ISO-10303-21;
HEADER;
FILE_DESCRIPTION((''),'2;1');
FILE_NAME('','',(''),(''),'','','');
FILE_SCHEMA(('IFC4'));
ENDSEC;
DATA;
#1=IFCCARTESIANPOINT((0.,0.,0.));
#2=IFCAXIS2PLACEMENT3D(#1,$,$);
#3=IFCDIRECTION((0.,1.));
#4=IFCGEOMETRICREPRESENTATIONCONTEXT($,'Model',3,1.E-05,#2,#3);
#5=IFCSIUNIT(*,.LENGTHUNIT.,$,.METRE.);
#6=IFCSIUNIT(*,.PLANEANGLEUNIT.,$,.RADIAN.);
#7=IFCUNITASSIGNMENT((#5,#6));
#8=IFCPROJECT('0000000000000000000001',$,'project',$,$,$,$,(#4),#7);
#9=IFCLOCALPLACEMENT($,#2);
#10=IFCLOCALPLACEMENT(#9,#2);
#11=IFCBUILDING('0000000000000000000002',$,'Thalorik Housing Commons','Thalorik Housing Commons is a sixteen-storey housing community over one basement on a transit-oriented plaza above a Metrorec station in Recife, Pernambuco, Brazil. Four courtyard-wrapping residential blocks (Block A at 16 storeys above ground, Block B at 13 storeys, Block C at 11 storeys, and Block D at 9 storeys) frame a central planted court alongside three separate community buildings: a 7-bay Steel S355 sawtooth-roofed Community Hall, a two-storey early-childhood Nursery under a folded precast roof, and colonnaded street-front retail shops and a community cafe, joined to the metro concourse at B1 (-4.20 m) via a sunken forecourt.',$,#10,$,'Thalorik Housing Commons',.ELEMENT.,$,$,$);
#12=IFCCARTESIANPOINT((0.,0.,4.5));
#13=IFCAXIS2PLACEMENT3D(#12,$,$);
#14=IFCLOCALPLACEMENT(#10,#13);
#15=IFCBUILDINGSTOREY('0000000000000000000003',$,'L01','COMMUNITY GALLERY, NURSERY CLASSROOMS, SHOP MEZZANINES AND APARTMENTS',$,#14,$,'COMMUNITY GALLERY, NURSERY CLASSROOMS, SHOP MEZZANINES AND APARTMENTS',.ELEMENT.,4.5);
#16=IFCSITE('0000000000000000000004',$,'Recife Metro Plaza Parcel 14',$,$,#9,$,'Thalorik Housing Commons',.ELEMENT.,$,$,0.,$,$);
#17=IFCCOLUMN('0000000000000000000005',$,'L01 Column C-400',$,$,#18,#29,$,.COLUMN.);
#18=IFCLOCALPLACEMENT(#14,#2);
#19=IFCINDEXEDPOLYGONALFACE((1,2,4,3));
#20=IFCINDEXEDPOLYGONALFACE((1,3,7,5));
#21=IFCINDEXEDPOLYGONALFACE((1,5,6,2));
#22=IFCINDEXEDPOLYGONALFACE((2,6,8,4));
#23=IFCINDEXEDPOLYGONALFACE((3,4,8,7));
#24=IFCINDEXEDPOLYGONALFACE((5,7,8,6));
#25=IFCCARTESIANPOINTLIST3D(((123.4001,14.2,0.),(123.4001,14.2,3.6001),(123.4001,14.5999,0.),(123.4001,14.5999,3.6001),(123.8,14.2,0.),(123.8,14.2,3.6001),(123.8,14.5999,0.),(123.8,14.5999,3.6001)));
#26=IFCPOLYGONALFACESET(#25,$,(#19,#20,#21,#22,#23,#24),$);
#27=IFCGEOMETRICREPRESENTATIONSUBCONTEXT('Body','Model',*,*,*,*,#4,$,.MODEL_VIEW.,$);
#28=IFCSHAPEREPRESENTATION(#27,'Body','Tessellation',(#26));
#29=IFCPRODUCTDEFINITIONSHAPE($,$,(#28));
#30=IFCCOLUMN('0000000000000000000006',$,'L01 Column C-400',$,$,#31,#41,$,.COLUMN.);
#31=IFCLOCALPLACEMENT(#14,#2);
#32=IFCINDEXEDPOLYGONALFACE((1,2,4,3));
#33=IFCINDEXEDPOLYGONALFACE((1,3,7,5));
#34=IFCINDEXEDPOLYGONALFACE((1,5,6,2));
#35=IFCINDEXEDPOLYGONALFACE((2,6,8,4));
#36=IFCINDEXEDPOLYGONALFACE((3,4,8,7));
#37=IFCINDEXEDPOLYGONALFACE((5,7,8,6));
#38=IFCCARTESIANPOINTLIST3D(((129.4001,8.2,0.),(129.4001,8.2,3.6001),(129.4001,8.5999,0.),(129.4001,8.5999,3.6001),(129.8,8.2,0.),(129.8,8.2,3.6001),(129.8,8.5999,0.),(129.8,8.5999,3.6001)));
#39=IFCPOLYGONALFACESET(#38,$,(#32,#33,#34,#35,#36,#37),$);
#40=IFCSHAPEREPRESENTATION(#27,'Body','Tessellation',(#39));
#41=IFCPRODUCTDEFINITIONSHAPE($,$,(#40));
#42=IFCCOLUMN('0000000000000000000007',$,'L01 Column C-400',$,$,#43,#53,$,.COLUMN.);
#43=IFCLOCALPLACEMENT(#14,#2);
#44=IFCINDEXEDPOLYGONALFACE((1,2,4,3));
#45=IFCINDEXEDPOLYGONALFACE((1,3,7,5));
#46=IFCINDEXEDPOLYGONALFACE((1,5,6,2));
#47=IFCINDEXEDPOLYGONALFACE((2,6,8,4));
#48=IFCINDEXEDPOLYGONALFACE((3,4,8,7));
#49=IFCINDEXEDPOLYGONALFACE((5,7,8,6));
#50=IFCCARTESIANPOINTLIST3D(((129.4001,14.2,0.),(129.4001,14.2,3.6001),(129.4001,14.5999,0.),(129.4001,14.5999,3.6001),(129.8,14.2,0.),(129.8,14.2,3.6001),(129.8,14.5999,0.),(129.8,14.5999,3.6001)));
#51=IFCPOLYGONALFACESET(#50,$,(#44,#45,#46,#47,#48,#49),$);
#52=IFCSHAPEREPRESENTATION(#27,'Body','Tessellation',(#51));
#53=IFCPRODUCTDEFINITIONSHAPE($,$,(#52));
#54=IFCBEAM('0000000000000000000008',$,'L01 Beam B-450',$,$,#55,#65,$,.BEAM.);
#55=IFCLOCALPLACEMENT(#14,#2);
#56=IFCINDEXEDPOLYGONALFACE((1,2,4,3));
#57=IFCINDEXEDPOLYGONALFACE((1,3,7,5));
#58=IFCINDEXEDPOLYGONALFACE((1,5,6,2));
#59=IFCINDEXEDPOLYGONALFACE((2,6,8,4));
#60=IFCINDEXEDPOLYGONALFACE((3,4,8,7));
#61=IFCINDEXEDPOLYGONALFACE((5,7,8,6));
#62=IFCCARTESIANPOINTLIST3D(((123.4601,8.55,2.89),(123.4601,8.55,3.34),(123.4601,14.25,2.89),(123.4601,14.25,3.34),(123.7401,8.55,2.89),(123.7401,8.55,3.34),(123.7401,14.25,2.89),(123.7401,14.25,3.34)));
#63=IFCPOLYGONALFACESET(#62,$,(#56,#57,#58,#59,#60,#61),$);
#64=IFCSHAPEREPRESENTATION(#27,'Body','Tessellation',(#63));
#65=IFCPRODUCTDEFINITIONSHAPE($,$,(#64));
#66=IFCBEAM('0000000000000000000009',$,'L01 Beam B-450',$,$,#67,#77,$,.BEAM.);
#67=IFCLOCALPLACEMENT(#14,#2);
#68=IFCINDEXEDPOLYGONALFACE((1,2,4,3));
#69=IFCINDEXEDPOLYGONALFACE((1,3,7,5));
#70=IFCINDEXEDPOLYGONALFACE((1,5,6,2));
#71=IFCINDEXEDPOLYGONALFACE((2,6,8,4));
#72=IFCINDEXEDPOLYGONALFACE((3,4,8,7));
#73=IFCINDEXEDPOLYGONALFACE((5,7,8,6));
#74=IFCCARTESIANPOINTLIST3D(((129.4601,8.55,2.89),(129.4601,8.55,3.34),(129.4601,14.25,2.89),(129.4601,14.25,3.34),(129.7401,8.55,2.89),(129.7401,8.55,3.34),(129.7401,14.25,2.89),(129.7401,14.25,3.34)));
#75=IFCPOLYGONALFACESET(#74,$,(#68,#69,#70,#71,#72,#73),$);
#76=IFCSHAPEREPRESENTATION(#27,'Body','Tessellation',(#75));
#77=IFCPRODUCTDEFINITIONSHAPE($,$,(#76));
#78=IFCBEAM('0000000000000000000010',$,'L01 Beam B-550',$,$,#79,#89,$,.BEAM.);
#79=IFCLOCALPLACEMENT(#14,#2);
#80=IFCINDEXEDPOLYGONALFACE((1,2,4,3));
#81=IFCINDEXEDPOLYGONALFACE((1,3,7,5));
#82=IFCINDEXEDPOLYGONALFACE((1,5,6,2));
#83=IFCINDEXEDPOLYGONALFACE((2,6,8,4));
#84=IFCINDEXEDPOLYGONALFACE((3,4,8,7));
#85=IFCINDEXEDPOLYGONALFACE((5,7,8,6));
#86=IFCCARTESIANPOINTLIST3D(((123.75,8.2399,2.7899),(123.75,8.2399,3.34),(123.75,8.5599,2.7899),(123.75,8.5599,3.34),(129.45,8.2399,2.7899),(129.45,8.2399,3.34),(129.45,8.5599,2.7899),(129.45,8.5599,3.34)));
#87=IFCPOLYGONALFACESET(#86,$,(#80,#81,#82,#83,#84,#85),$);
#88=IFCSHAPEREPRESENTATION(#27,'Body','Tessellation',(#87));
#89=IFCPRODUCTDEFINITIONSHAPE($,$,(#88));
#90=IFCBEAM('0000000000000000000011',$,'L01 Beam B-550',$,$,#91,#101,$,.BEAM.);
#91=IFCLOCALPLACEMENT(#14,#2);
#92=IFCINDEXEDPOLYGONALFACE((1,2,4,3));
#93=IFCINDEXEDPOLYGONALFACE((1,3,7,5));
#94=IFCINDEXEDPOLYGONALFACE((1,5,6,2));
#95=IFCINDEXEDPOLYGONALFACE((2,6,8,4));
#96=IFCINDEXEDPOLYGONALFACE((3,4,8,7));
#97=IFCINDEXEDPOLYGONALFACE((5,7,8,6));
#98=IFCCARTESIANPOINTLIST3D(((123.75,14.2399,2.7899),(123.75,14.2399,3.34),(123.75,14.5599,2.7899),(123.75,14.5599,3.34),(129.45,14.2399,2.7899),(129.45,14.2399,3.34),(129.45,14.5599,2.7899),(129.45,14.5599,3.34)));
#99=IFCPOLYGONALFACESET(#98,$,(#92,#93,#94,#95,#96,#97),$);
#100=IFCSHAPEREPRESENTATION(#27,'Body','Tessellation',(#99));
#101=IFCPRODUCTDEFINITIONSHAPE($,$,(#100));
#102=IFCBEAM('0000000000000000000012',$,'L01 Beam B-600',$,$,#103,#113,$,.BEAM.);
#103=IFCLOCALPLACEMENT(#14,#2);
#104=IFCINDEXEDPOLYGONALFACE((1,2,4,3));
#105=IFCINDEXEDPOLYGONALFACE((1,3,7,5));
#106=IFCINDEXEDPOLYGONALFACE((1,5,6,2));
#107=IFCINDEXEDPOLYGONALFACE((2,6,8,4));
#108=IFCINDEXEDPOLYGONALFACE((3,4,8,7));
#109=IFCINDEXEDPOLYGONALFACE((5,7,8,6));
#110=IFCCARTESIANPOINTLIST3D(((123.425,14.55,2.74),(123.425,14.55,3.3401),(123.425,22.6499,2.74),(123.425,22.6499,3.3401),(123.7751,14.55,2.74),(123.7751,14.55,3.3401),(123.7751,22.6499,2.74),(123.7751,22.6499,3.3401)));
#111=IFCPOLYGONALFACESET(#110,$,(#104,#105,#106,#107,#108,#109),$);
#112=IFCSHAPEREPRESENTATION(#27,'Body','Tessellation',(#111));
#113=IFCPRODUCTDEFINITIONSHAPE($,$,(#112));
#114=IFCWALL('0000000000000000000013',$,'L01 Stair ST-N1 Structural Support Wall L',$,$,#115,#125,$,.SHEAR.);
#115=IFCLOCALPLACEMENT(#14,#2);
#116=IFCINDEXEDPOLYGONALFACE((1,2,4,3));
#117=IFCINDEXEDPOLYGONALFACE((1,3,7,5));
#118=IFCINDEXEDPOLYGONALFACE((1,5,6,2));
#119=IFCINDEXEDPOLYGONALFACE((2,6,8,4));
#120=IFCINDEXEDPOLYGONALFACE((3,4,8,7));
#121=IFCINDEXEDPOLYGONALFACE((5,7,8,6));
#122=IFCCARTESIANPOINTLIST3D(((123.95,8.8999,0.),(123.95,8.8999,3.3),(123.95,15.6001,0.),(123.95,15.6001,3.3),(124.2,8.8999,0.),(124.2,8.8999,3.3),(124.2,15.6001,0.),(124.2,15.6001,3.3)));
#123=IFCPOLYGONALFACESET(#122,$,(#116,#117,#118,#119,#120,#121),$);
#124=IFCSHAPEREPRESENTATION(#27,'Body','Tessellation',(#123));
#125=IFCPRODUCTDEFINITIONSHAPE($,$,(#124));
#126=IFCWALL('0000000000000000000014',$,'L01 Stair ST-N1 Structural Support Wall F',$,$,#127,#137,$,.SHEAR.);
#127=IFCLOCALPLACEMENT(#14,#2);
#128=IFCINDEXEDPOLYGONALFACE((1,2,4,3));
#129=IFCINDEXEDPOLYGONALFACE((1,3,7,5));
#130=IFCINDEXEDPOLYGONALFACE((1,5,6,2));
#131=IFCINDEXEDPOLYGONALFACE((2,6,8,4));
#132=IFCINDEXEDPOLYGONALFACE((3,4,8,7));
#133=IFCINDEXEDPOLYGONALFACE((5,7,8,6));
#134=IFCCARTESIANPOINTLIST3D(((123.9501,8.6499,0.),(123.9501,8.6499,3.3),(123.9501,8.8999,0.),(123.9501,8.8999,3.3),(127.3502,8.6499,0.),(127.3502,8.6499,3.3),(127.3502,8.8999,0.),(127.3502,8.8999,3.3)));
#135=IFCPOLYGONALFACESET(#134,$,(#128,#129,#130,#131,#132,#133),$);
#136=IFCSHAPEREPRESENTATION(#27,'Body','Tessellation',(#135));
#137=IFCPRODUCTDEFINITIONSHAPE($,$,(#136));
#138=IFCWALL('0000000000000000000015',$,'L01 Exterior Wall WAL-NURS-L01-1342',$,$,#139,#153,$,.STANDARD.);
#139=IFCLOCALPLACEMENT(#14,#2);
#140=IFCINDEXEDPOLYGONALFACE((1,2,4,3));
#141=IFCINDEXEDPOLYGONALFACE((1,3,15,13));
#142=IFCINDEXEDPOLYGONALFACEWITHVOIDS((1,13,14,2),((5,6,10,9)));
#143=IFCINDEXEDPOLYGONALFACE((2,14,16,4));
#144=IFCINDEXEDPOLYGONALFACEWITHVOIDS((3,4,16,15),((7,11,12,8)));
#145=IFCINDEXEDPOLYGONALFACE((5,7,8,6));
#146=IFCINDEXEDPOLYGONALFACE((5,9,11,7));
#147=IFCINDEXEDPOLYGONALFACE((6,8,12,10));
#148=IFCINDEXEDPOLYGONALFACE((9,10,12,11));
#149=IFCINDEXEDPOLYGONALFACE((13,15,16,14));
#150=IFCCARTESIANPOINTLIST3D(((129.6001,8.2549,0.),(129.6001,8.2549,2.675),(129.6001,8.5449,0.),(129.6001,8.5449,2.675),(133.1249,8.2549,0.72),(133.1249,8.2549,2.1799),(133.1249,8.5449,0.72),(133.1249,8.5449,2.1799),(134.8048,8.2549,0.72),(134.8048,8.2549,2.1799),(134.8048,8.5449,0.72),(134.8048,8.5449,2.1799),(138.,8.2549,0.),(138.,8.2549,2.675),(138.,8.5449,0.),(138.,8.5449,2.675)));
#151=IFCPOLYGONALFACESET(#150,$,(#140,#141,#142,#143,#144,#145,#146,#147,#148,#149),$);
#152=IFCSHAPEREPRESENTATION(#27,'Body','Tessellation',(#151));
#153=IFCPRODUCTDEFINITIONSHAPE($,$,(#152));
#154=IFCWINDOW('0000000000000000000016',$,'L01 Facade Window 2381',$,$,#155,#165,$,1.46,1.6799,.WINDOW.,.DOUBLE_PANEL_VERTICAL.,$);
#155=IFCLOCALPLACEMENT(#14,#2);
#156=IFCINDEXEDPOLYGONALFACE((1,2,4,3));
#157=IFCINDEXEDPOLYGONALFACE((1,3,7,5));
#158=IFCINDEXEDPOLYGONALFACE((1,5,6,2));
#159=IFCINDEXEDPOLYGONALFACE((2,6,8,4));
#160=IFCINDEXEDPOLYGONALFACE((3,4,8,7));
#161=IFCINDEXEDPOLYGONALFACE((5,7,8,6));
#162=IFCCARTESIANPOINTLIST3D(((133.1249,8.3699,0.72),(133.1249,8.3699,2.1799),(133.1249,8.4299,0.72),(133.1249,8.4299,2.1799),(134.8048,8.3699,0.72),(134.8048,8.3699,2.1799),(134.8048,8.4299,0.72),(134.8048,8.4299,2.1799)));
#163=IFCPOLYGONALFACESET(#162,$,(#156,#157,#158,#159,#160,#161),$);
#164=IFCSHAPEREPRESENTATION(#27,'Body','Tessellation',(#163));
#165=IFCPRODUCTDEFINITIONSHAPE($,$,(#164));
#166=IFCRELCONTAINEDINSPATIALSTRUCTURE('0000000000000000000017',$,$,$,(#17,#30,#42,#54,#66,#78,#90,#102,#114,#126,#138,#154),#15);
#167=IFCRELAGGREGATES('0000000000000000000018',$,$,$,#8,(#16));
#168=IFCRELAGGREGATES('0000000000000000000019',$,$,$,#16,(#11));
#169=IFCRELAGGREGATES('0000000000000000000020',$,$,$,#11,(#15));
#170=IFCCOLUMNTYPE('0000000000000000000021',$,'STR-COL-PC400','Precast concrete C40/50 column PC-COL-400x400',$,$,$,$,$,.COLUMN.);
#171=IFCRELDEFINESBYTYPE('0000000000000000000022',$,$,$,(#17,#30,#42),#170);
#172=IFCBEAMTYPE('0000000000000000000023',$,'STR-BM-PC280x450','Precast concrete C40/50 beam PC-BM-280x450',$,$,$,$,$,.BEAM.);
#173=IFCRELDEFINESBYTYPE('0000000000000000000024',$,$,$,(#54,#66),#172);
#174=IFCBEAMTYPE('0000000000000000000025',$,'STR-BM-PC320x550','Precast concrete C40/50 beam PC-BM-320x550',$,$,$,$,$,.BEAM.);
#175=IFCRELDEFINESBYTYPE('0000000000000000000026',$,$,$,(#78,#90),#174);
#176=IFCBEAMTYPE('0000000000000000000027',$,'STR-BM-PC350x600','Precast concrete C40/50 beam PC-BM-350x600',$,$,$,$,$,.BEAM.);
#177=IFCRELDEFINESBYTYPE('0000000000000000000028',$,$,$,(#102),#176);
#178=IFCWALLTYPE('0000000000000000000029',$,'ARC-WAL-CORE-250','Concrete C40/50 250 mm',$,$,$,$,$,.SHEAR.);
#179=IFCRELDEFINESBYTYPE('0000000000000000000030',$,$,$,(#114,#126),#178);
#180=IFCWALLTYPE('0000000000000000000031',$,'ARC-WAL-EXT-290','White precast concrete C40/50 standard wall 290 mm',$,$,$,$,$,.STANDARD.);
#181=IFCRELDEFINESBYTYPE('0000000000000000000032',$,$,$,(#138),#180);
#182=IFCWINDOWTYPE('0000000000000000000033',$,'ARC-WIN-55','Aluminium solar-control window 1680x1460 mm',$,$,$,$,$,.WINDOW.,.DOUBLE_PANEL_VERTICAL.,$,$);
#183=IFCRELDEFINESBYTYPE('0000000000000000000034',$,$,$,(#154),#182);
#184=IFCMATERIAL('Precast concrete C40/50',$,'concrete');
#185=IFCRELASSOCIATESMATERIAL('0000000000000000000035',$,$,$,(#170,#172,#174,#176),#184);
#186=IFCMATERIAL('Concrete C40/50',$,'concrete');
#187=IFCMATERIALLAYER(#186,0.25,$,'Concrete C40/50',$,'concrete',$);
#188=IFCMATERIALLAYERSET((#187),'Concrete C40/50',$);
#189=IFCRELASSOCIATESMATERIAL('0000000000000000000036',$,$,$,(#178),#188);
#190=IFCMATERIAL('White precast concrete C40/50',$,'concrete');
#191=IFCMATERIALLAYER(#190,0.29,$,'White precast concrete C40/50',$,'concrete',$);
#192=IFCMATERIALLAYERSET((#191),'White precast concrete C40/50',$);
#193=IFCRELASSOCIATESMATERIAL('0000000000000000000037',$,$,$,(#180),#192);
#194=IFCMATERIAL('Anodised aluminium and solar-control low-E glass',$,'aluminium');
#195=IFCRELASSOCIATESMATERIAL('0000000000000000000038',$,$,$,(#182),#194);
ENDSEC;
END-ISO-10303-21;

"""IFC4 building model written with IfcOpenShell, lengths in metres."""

from ifc_helpers import new_model, si_unit, direction, frame, frame_2d, origin, origin_2d, place, context, subcontext, project, spatial, rectangle, extrude, material, layer, layer_set, material_profile, profile_set, type_object, element, fill, save


model = new_model("IFC4")

# Units and contexts
model_context = context("Model", 3, precision=1e-05, world=origin(), true_north=direction((0.0, 1.0)))
body_context = subcontext(model_context, "Body", "Model", "MODEL_VIEW")
ifc_project = project(units=[si_unit("LENGTHUNIT", "METRE"), si_unit("PLANEANGLEUNIT", "RADIAN")], contexts=[model_context])

# Site, building, storey
site_placement = place(None, origin())
site = spatial("IfcSite", under=ifc_project, at=site_placement, Name="Recife Metro Plaza Parcel 14", LongName="Thalorik Housing Commons", CompositionType="ELEMENT", RefElevation=0.0)
building_placement = place(site_placement, origin())
building = spatial("IfcBuilding", under=site, at=building_placement, Name="Thalorik Housing Commons", Description="Thalorik Housing Commons is a sixteen-storey housing community over one basement on a transit-oriented plaza above a Metrorec station in Recife, Pernambuco, Brazil. Four courtyard-wrapping residential blocks (Block A at 16 storeys above ground, Block B at 13 storeys, Block C at 11 storeys, and Block D at 9 storeys) frame a central planted court alongside three separate community buildings: a 7-bay Steel S355 sawtooth-roofed Community Hall, a two-storey early-childhood Nursery under a folded precast roof, and colonnaded street-front retail shops and a community cafe, joined to the metro concourse at B1 (-4.20 m) via a sunken forecourt.", LongName="Thalorik Housing Commons", CompositionType="ELEMENT")
storey_placement = place(building_placement, frame((0.0, 0.0, 4.5)))
storey = spatial("IfcBuildingStorey", under=building, at=storey_placement, Name="L01", Description="COMMUNITY GALLERY, NURSERY CLASSROOMS, SHOP MEZZANINES AND APARTMENTS", LongName="COMMUNITY GALLERY, NURSERY CLASSROOMS, SHOP MEZZANINES AND APARTMENTS", CompositionType="ELEMENT", Elevation=4.5)

# Columns
ifc_material_1 = material(Name="Precast concrete C40/50", Category="concrete")
ifc_material_profile_1 = material_profile(ifc_material_1, rectangle(XDim=0.3999, YDim=0.3999, at=origin_2d()), Name="PC 400x400", Category="concrete")
ifc_profile_set_1 = profile_set([ifc_material_profile_1], Name="Precast concrete C40/50")
column_type = type_object("IfcColumnType", Name="STR-COL-PC400", Description="Precast concrete C40/50 column PC-COL-400x400", PredefinedType="COLUMN", material=ifc_profile_set_1)
for number, where, z_axis, x_axis, name in (
    (1, (123.6001, 14.3999, 0.0), (0.0, 0.0, 1.0), (1.0, 0.0, 0.0), "L01 Column C-400"),
    (2, (129.6001, 8.3999, 0.0), (0.0, 0.0, 1.0), (1.0, 0.0, 0.0), "L01 Column C-400"),
    (3, (129.6001, 14.3999, 0.0), (0.0, 0.0, 1.0), (1.0, 0.0, 0.0), "L01 Column C-400"),
):
    element("IfcColumn", number, at=place(storey_placement, frame(where, z_axis=z_axis, x_axis=x_axis)), inside=storey, type_object=column_type, Name=name, PredefinedType="COLUMN", context=body_context, shape_type="SweptSolid", body=[
        extrude(rectangle(XDim=0.3999, YDim=0.3999, at=origin_2d()), origin(), (0.0, 0.0, 1.0), 3.6001),
    ])

# Beams
ifc_material_profile_2 = material_profile(ifc_material_1, rectangle(XDim=0.28, YDim=0.45, at=origin_2d()), Name="PC 280x450", Category="concrete")
ifc_profile_set_2 = profile_set([ifc_material_profile_2], Name="Precast concrete C40/50")
beam_type_1 = type_object("IfcBeamType", Name="STR-BM-PC280x450", Description="Precast concrete C40/50 beam PC-BM-280x450", PredefinedType="BEAM", material=ifc_profile_set_2)
for number, where, z_axis, x_axis, name in (
    (4, (123.6001, 8.55, 3.115), (0.0, 1.0, 0.0), (-1.0, 0.0, 0.0), "L01 Beam B-450"),
    (5, (129.6001, 8.55, 3.115), (0.0, 1.0, 0.0), (-1.0, 0.0, 0.0), "L01 Beam B-450"),
):
    element("IfcBeam", number, at=place(storey_placement, frame(where, z_axis=z_axis, x_axis=x_axis)), inside=storey, type_object=beam_type_1, Name=name, PredefinedType="BEAM", context=body_context, shape_type="SweptSolid", body=[
        extrude(rectangle(XDim=0.28, YDim=0.45, at=origin_2d()), origin(), (0.0, 0.0, 1.0), 5.7),
    ])
ifc_material_profile_3 = material_profile(ifc_material_1, rectangle(XDim=0.3201, YDim=0.55, at=origin_2d()), Name="PC 320x550", Category="concrete")
ifc_profile_set_3 = profile_set([ifc_material_profile_3], Name="Precast concrete C40/50")
beam_type_2 = type_object("IfcBeamType", Name="STR-BM-PC320x550", Description="Precast concrete C40/50 beam PC-BM-320x550", PredefinedType="BEAM", material=ifc_profile_set_3)
for number, where, z_axis, x_axis, name in (
    (6, (123.75, 8.3999, 3.0649), (1.0, 0.0, 0.0), (0.0, 1.0, 0.0), "L01 Beam B-550"),
    (7, (123.75, 14.3999, 3.0649), (1.0, 0.0, 0.0), (0.0, 1.0, 0.0), "L01 Beam B-550"),
):
    element("IfcBeam", number, at=place(storey_placement, frame(where, z_axis=z_axis, x_axis=x_axis)), inside=storey, type_object=beam_type_2, Name=name, PredefinedType="BEAM", context=body_context, shape_type="SweptSolid", body=[
        extrude(rectangle(XDim=0.3201, YDim=0.55, at=origin_2d()), origin(), (0.0, 0.0, 1.0), 5.7),
    ])
ifc_material_profile_4 = material_profile(ifc_material_1, rectangle(XDim=0.3501, YDim=0.6001, at=origin_2d()), Name="PC 350x600", Category="concrete")
ifc_profile_set_4 = profile_set([ifc_material_profile_4], Name="Precast concrete C40/50")
beam_type_3 = type_object("IfcBeamType", Name="STR-BM-PC350x600", Description="Precast concrete C40/50 beam PC-BM-350x600", PredefinedType="BEAM", material=ifc_profile_set_4)
beam_placement = place(storey_placement, frame((123.6001, 14.55, 3.04), z_axis=(0.0, 1.0, 0.0), x_axis=(-1.0, 0.0, 0.0)))
element("IfcBeam", 8, at=beam_placement, inside=storey, type_object=beam_type_3, Name="L01 Beam B-600", PredefinedType="BEAM", context=body_context, shape_type="SweptSolid", body=[
    extrude(rectangle(XDim=0.3501, YDim=0.6001, at=origin_2d()), origin(), (0.0, 0.0, 1.0), 8.0999),
])

# Walls
ifc_material_2 = material(Name="Concrete C40/50", Category="concrete")
ifc_layer_1 = layer(ifc_material_2, 0.25, Name="Concrete C40/50", Category="concrete")
ifc_layer_set_1 = layer_set([ifc_layer_1], Name="Concrete C40/50")
wall_type_1 = type_object("IfcWallType", Name="ARC-WAL-CORE-250", Description="Concrete C40/50 250 mm", PredefinedType="SHEAR", material=ifc_layer_set_1)
wall_1_placement = place(storey_placement, frame((124.075, 15.6001, 0.0), z_axis=(0.0, 0.0, 1.0), x_axis=(0.0, -1.0, 0.0)))
element("IfcWall", 9, at=wall_1_placement, inside=storey, type_object=wall_type_1, Name="L01 Stair ST-N1 Structural Support Wall L", PredefinedType="SHEAR", context=body_context, shape_type="SweptSolid", body=[
    extrude(rectangle(XDim=6.7002, YDim=0.25, at=frame_2d((3.3501, 0.0))), origin(), (0.0, 0.0, 1.0), 3.3),
])
wall_2_placement = place(storey_placement, frame((123.95, 8.7749, 0.0), z_axis=(0.0, 0.0, 1.0), x_axis=(1.0, 0.0, 0.0)))
element("IfcWall", 10, at=wall_2_placement, inside=storey, type_object=wall_type_1, Name="L01 Stair ST-N1 Structural Support Wall F", PredefinedType="SHEAR", context=body_context, shape_type="SweptSolid", body=[
    extrude(rectangle(XDim=3.4001, YDim=0.25, at=frame_2d((1.7002, 0.0))), origin(), (0.0, 0.0, 1.0), 3.3),
])

# Wall, opening, window
ifc_material_3 = material(Name="White precast concrete C40/50", Category="concrete")
ifc_layer_2 = layer(ifc_material_3, 0.29, Name="White precast concrete C40/50", Category="concrete")
ifc_layer_set_2 = layer_set([ifc_layer_2], Name="White precast concrete C40/50")
wall_type_2 = type_object("IfcWallType", Name="ARC-WAL-EXT-290", Description="White precast concrete C40/50 standard wall 290 mm", PredefinedType="STANDARD", material=ifc_layer_set_2)
wall_3_placement = place(storey_placement, frame((129.6001, 8.3999, 0.0), z_axis=(0.0, 0.0, 1.0), x_axis=(1.0, 0.0, 0.0)))
wall_3 = element("IfcWall", 11, at=wall_3_placement, inside=storey, type_object=wall_type_2, Name="L01 Exterior Wall WAL-NURS-L01-1342", PredefinedType="STANDARD", context=body_context, shape_type="SweptSolid", body=[
    extrude(rectangle(XDim=8.3999, YDim=0.29, at=frame_2d((4.2, 0.0))), origin(), (0.0, 0.0, 1.0), 2.675),
])
opening_1_placement = place(wall_3_placement, frame((3.5249, 0.0, 0.72)))
opening_1 = element("IfcOpeningElement", 12, at=opening_1_placement, cuts=wall_3, PredefinedType="OPENING", context=body_context, shape_type="SweptSolid", body=[
    extrude(rectangle(XDim=1.6799, YDim=1.46, at=frame_2d((0.8398, 0.73))), frame((0.0, 0.155, 0.0), z_axis=(0.0, -1.0, 0.0), x_axis=(1.0, 0.0, 0.0)), (0.0, 0.0, 1.0), 0.3101),
])
ifc_material_4 = material(Name="Anodised aluminium and solar-control low-E glass", Category="aluminium")
window_type_1 = type_object("IfcWindowType", Name="ARC-WIN-55", Description="Aluminium solar-control window 1680x1460 mm", PartitioningType="DOUBLE_PANEL_VERTICAL", PredefinedType="WINDOW", material=ifc_material_4)
window_1_placement = place(opening_1_placement, origin())
window_1 = element("IfcWindow", 13, at=window_1_placement, inside=storey, type_object=window_type_1, Name="L01 Facade Window 2381", OverallHeight=1.46, OverallWidth=1.6799, PartitioningType="DOUBLE_PANEL_VERTICAL", PredefinedType="WINDOW", context=body_context, shape_type="SweptSolid", body=[
    extrude(rectangle(XDim=1.6799, YDim=1.46, at=frame_2d((0.8398, 0.73))), frame((0.0, 0.03, 0.0), z_axis=(0.0, -1.0, 0.0), x_axis=(1.0, 0.0, 0.0)), (0.0, 0.0, 1.0), 0.0601),
])
fill(opening_1, window_1)

save(model, "model.ifc")
